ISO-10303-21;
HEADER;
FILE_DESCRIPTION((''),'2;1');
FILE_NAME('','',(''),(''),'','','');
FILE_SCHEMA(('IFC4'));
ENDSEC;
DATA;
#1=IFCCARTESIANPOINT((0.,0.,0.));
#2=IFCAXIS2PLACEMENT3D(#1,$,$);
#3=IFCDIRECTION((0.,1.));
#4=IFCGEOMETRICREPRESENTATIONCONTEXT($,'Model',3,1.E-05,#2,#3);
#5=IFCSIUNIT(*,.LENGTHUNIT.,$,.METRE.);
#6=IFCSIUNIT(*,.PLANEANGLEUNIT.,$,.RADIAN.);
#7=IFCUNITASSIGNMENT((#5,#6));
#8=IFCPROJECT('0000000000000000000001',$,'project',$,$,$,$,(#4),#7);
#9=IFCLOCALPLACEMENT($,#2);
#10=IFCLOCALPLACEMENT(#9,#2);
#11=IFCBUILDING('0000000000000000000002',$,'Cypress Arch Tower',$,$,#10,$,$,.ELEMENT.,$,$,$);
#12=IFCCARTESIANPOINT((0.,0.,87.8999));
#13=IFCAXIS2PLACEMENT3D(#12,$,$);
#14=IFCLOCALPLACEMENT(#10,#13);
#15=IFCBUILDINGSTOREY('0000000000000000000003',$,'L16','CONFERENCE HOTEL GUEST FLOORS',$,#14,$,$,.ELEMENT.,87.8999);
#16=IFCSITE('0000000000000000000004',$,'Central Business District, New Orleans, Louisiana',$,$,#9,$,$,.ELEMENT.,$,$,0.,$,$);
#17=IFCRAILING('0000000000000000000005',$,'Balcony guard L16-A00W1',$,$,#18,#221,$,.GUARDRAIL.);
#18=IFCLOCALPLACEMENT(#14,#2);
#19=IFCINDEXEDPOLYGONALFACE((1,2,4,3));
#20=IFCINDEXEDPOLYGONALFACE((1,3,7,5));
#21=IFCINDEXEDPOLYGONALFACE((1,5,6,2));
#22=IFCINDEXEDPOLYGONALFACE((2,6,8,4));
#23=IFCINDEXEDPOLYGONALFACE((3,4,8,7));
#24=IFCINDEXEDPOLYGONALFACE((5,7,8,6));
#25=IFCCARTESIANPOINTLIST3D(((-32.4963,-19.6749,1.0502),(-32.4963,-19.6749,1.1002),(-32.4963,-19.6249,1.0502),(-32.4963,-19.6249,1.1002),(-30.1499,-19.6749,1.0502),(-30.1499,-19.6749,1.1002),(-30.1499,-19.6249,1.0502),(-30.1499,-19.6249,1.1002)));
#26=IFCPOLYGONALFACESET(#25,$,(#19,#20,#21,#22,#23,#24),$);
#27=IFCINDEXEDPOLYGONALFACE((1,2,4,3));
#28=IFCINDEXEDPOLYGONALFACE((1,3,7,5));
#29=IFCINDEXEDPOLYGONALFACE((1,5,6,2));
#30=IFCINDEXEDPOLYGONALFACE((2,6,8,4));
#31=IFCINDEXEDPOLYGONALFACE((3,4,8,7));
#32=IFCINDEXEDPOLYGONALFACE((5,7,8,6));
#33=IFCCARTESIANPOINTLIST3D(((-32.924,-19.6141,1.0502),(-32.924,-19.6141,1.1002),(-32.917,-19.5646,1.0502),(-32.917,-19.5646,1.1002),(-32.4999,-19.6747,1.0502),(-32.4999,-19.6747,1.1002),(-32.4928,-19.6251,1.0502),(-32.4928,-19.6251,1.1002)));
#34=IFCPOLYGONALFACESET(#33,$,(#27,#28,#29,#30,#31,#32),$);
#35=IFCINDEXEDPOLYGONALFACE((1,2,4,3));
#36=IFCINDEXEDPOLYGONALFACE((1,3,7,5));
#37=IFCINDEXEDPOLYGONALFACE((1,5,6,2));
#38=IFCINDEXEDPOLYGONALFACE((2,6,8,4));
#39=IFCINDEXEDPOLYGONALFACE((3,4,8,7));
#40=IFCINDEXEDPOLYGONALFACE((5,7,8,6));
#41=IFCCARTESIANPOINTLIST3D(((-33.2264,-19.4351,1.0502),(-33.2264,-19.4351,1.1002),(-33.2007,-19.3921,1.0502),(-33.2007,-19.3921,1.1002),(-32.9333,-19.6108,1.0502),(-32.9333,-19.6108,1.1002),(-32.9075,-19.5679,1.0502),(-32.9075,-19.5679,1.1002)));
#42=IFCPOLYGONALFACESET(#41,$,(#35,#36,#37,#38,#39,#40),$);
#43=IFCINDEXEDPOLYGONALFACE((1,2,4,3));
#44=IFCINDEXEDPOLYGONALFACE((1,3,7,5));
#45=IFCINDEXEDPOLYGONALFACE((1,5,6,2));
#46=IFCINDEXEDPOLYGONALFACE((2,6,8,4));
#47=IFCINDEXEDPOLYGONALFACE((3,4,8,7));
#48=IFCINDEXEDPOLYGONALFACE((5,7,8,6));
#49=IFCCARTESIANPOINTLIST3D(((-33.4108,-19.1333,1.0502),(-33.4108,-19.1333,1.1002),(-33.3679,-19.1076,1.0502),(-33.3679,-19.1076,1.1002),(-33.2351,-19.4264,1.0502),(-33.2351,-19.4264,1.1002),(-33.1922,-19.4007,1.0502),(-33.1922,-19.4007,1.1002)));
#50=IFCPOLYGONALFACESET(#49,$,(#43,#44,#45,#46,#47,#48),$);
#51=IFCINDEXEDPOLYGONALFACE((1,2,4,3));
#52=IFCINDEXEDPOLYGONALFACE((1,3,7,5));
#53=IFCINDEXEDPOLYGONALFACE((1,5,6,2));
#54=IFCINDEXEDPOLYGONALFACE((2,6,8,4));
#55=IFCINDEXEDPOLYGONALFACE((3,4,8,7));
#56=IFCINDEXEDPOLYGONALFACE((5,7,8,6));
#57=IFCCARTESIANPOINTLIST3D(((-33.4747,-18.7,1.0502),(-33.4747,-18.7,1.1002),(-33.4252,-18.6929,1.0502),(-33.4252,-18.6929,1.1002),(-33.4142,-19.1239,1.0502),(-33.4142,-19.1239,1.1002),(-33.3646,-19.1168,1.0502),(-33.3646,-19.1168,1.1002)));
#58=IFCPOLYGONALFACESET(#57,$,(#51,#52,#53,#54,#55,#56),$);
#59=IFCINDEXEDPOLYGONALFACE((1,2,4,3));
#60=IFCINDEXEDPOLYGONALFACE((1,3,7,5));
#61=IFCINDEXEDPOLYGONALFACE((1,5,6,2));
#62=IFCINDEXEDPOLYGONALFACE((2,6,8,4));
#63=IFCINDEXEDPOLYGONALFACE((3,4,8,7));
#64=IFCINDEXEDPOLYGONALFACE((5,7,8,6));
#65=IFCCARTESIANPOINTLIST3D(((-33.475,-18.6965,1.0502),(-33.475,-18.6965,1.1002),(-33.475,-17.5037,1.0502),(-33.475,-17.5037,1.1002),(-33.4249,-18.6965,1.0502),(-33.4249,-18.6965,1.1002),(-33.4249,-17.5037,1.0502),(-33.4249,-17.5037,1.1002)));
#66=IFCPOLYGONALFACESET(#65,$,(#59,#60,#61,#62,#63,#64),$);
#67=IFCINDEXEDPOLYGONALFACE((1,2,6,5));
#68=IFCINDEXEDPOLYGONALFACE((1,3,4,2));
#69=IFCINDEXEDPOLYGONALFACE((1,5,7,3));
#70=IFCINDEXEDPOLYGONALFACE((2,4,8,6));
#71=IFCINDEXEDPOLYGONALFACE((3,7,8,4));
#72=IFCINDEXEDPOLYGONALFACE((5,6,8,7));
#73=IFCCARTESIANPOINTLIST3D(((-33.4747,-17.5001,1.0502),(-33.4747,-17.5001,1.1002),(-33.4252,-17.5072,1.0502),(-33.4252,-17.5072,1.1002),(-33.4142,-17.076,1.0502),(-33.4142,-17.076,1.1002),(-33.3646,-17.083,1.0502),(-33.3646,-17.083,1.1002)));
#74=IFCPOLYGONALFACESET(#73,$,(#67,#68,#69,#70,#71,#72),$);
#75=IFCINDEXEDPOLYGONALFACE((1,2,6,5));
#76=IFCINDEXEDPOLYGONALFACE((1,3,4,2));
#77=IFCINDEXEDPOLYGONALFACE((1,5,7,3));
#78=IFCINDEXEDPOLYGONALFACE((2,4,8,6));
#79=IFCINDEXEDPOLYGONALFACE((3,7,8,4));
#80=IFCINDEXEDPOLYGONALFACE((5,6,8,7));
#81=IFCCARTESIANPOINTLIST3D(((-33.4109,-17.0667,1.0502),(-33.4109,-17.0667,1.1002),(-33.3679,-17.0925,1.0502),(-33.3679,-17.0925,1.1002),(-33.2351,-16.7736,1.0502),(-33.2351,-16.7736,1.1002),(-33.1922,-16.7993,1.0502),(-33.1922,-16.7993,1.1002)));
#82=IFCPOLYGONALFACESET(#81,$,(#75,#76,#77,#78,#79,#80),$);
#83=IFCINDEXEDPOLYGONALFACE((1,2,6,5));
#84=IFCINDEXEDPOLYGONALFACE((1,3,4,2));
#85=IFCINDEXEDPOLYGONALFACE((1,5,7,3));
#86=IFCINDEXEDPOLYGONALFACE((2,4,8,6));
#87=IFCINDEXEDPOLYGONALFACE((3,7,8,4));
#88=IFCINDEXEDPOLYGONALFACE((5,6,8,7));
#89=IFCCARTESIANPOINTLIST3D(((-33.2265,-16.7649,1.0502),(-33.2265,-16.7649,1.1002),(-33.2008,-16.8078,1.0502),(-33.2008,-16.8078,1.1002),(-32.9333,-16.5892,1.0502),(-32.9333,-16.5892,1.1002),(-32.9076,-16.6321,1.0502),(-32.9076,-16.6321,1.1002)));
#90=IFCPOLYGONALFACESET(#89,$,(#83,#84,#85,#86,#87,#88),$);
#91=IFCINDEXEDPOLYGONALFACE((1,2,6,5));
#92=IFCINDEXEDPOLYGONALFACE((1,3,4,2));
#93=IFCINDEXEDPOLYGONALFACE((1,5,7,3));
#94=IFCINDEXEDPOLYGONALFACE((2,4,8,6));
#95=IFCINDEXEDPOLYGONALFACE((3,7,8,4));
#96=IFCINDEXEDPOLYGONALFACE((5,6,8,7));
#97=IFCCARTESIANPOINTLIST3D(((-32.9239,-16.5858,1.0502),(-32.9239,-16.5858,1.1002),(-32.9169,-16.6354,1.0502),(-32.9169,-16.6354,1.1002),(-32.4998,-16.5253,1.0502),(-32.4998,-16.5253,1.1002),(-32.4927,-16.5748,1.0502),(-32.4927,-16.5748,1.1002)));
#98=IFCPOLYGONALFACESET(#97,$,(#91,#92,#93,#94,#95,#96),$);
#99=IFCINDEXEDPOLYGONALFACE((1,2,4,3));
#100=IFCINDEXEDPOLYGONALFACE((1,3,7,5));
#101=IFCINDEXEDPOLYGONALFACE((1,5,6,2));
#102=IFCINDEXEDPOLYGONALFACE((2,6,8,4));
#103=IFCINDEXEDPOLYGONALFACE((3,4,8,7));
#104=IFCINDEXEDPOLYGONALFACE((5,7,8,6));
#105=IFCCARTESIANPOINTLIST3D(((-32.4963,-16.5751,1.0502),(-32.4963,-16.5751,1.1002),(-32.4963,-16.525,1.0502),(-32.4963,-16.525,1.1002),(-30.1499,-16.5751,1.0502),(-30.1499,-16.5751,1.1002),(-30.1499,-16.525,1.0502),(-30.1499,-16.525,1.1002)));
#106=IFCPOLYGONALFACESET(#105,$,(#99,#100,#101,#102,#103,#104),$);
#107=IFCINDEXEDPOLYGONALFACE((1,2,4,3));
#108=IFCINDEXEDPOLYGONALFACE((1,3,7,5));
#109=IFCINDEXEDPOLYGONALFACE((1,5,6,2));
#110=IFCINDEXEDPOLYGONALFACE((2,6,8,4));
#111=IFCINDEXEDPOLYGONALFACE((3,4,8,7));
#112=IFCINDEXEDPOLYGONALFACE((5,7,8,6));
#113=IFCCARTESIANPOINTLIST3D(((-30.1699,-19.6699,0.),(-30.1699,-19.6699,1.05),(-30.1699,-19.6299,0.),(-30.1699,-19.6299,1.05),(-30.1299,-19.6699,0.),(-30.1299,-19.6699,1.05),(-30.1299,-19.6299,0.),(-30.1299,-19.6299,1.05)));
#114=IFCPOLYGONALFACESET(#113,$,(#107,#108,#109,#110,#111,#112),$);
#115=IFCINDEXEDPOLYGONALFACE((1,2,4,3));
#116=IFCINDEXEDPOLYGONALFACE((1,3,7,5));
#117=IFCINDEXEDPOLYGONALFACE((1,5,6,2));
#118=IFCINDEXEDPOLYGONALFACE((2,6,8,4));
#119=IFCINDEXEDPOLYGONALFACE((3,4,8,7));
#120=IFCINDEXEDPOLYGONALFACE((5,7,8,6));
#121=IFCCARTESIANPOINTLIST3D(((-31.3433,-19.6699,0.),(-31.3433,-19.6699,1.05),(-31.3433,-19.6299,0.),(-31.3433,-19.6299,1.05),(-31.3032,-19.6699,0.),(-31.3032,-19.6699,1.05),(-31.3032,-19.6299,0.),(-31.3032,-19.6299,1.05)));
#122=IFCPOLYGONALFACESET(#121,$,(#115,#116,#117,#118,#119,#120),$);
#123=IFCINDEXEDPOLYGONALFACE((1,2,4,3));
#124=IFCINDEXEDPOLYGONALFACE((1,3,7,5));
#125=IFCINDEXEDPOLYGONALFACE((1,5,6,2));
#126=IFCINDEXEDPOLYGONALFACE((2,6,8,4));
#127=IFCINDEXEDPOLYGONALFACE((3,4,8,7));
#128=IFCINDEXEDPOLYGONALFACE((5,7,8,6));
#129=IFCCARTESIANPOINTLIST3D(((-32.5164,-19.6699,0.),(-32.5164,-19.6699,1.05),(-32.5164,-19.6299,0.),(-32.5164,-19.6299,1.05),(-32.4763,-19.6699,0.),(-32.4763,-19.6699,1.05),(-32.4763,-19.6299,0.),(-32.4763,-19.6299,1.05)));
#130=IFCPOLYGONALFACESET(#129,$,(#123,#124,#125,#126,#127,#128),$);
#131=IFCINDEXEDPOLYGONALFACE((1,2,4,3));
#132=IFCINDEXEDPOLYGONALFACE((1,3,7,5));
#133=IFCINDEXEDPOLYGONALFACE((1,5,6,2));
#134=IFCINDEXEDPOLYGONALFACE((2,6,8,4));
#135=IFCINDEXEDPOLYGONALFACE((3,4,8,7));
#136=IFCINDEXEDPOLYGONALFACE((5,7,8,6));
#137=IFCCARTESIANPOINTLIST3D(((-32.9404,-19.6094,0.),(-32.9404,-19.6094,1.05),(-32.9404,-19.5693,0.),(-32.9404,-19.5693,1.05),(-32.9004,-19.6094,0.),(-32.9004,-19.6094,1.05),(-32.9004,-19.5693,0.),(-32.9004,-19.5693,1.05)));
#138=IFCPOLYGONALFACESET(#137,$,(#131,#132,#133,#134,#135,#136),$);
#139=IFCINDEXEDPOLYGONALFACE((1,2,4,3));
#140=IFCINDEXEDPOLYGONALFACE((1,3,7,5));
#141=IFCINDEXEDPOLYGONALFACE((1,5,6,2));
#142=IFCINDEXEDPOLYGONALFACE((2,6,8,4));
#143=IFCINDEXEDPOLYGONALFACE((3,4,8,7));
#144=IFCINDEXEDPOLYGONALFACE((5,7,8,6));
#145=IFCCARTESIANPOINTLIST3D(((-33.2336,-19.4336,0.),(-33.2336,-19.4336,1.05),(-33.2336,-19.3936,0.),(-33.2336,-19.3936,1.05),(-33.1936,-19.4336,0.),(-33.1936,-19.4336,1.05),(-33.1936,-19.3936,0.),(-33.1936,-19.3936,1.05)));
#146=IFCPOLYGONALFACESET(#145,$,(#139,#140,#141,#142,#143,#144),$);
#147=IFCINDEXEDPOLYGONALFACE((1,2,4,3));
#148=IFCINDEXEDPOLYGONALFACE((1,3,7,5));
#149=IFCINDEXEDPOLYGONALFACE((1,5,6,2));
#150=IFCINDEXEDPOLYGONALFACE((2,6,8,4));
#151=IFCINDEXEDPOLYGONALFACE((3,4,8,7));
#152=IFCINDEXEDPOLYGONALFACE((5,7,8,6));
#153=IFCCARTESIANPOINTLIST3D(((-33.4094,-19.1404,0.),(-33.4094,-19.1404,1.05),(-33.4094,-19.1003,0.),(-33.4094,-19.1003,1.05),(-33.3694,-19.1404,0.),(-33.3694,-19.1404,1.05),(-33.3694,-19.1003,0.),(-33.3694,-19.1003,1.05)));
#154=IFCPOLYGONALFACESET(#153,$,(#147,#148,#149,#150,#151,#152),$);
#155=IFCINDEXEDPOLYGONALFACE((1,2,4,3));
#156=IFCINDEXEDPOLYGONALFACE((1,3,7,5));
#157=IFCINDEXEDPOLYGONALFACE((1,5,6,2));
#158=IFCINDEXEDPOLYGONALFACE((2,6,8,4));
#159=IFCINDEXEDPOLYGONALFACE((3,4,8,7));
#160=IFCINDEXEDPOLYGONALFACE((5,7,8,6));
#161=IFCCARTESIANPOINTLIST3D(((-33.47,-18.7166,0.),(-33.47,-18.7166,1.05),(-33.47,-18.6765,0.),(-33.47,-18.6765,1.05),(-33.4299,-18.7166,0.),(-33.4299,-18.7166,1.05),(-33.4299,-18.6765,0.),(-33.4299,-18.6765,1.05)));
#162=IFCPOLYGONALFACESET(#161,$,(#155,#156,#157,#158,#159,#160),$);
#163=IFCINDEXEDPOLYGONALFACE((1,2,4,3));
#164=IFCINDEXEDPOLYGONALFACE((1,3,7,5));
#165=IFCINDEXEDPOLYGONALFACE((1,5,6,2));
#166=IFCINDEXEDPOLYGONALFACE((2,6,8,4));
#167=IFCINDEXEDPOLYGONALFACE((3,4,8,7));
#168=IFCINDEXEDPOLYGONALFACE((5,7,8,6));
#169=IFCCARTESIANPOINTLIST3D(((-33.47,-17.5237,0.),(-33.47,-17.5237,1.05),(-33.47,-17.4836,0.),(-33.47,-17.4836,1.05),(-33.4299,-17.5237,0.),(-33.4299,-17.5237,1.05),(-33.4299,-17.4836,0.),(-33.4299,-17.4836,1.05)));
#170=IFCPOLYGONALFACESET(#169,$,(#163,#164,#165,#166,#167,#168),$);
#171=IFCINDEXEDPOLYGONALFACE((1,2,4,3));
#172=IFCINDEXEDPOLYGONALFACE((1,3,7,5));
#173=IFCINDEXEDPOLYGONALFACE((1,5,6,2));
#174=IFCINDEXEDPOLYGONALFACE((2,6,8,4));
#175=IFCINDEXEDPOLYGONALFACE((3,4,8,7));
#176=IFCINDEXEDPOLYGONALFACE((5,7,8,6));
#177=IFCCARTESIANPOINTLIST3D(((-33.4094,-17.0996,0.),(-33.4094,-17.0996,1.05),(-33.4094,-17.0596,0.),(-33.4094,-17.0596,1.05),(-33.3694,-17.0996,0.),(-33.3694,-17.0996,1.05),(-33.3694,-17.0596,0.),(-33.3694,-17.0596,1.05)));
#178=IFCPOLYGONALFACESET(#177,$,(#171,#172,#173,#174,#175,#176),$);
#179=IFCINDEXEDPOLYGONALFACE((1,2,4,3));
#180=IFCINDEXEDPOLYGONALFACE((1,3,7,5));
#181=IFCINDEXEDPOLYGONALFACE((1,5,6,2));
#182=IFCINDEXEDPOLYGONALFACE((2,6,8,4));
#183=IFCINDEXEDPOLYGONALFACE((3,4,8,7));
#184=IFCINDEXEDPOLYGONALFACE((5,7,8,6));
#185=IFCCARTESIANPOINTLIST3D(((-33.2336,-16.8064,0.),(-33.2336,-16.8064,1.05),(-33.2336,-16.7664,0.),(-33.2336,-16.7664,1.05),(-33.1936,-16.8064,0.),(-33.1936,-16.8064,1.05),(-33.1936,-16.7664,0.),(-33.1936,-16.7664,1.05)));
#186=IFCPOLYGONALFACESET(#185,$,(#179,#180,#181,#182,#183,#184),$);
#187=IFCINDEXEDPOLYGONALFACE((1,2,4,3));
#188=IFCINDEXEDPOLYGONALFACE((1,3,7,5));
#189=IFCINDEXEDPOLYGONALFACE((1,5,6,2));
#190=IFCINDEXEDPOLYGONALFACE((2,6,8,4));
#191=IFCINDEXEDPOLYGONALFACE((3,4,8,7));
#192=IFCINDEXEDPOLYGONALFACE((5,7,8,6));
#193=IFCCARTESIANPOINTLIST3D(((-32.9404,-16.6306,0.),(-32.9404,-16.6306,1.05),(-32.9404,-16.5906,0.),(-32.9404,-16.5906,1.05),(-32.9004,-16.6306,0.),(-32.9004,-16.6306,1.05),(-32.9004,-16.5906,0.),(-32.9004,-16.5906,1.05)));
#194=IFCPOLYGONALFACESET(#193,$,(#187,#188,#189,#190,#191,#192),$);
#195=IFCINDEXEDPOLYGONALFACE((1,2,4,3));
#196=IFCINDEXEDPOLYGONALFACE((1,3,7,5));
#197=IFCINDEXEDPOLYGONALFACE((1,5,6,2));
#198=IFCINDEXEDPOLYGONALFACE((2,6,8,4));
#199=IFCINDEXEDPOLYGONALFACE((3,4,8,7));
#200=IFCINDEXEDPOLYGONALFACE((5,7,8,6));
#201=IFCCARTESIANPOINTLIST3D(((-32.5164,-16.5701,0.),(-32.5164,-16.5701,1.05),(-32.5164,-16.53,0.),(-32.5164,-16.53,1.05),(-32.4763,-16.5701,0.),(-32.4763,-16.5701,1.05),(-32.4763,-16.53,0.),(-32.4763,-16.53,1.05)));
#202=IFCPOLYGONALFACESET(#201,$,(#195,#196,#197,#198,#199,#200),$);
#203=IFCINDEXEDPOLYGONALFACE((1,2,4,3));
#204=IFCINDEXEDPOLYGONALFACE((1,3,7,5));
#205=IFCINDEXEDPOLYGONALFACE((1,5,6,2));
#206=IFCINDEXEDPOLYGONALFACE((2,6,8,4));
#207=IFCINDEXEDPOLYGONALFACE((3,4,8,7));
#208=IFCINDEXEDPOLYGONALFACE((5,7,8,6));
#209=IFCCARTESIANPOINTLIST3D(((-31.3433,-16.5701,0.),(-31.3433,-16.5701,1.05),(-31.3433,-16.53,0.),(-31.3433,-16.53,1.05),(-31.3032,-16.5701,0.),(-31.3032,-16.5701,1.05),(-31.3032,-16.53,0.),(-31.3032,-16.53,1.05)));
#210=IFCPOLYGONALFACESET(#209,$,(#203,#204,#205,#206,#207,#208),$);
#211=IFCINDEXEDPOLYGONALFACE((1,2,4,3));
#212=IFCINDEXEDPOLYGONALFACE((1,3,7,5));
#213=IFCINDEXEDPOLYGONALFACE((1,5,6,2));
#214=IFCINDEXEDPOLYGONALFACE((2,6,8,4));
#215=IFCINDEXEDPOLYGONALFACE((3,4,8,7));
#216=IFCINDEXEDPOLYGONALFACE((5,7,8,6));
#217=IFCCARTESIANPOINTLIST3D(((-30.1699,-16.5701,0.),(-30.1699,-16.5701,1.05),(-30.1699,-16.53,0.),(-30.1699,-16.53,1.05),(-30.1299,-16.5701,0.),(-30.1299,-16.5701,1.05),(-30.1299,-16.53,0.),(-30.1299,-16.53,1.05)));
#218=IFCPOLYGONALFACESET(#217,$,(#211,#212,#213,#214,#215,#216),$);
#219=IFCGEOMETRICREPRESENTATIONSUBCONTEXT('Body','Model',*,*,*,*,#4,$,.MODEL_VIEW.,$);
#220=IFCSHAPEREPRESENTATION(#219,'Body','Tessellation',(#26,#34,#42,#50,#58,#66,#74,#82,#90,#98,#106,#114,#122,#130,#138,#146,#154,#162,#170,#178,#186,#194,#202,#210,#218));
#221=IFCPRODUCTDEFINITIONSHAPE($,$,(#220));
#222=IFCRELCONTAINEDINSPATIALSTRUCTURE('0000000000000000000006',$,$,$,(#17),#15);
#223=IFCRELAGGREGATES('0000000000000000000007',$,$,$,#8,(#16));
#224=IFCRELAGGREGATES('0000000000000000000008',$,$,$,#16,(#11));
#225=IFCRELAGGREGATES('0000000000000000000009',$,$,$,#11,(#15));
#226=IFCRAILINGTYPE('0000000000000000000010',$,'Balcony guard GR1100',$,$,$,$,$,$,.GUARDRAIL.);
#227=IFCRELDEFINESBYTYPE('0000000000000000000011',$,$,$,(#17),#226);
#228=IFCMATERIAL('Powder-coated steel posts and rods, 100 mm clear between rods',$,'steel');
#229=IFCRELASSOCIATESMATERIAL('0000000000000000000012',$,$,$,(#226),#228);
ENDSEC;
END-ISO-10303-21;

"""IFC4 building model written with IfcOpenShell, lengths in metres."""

from ifc_helpers import new_model, si_unit, direction, frame, origin, origin_2d, place, context, subcontext, project, spatial, rectangle, extrude, material, type_object, element, save


model = new_model("IFC4")

# Units and contexts
model_context = context("Model", 3, precision=1e-05, world=origin(), true_north=direction((0.0, 1.0)))
body_context = subcontext(model_context, "Body", "Model", "MODEL_VIEW")
ifc_project = project(units=[si_unit("LENGTHUNIT", "METRE"), si_unit("PLANEANGLEUNIT", "RADIAN")], contexts=[model_context])

# Site, building, storey
site_placement = place(None, origin())
site = spatial("IfcSite", under=ifc_project, at=site_placement, Name="Central Business District, New Orleans, Louisiana", CompositionType="ELEMENT", RefElevation=0.0)
building_placement = place(site_placement, origin())
building = spatial("IfcBuilding", under=site, at=building_placement, Name="Cypress Arch Tower", CompositionType="ELEMENT")
storey_placement = place(building_placement, frame((0.0, 0.0, 87.8999)))
storey = spatial("IfcBuildingStorey", under=building, at=storey_placement, Name="L16", Description="CONFERENCE HOTEL GUEST FLOORS", CompositionType="ELEMENT", Elevation=87.8999)

# Railing
ifc_material_1 = material(Name="Powder-coated steel posts and rods, 100 mm clear between rods", Category="steel")
railing_type = type_object("IfcRailingType", Name="Balcony guard GR1100", PredefinedType="GUARDRAIL", material=ifc_material_1)
railing_placement = place(storey_placement, frame((-30.1499, -19.6499, 0.0)))
element("IfcRailing", 1, at=railing_placement, inside=storey, type_object=railing_type, Name="Balcony guard L16-A00W1", PredefinedType="GUARDRAIL", context=body_context, shape_type="SweptSolid", body=[
    extrude(rectangle(XDim=0.05, YDim=0.05, at=origin_2d()), frame((0.0, 0.0, 1.0752), z_axis=(-1.0, 0.0, 0.0), x_axis=(0.0, -1.0, 0.0)), (0.0, 0.0, 1.0), 2.3464),
    extrude(rectangle(XDim=0.05, YDim=0.05, at=origin_2d()), frame((-2.3464, 0.0, 1.0752), z_axis=(-0.989961, 0.141342, 0.0), x_axis=(-0.141342, -0.989961, 0.0)), (0.0, 0.0, 1.0), 0.4285),
    extrude(rectangle(XDim=0.05, YDim=0.05, at=origin_2d()), frame((-2.7705, 0.0605, 1.0752), z_axis=(-0.857682, 0.514181, 0.0), x_axis=(-0.514181, -0.857682, 0.0)), (0.0, 0.0, 1.0), 0.3418),
    extrude(rectangle(XDim=0.05, YDim=0.05, at=origin_2d()), frame((-3.0637, 0.2363, 1.0752), z_axis=(-0.514181, 0.857682, 0.0), x_axis=(-0.857682, -0.514181, 0.0)), (0.0, 0.0, 1.0), 0.3418),
    extrude(rectangle(XDim=0.05, YDim=0.05, at=origin_2d()), frame((-3.2395, 0.5295, 1.0752), z_axis=(-0.141421, 0.989949, 0.0), x_axis=(-0.989949, -0.141421, 0.0)), (0.0, 0.0, 1.0), 0.4282),
    extrude(rectangle(XDim=0.05, YDim=0.05, at=origin_2d()), frame((-3.3, 0.9534, 1.0752), z_axis=(0.0, 1.0, 0.0), x_axis=(-1.0, 0.0, 0.0)), (0.0, 0.0, 1.0), 1.1929),
    extrude(rectangle(XDim=0.05, YDim=0.05, at=origin_2d()), frame((-3.3, 2.1462, 1.0752), z_axis=(0.141342, 0.989961, 0.0), x_axis=(-0.989961, 0.141342, 0.0)), (0.0, 0.0, 1.0), 0.4285),
    extrude(rectangle(XDim=0.05, YDim=0.05, at=origin_2d()), frame((-3.2395, 2.5703, 1.0752), z_axis=(0.514181, 0.857682, 0.0), x_axis=(-0.857682, 0.514181, 0.0)), (0.0, 0.0, 1.0), 0.3418),
    extrude(rectangle(XDim=0.05, YDim=0.05, at=origin_2d()), frame((-3.0637, 2.8635, 1.0752), z_axis=(0.857682, 0.514181, 0.0), x_axis=(-0.514181, 0.857682, 0.0)), (0.0, 0.0, 1.0), 0.3418),
    extrude(rectangle(XDim=0.05, YDim=0.05, at=origin_2d()), frame((-2.7705, 3.0393, 1.0752), z_axis=(0.989961, 0.141342, 0.0), x_axis=(-0.141342, 0.989961, 0.0)), (0.0, 0.0, 1.0), 0.4285),
    extrude(rectangle(XDim=0.05, YDim=0.05, at=origin_2d()), frame((-2.3464, 3.0999, 1.0752), z_axis=(1.0, 0.0, 0.0), x_axis=(0.0, 1.0, 0.0)), (0.0, 0.0, 1.0), 2.3464),
    extrude(rectangle(XDim=0.04, YDim=0.04, at=origin_2d()), origin(), (0.0, 0.0, 1.0), 1.05),
    extrude(rectangle(XDim=0.04, YDim=0.04, at=origin_2d()), frame((-1.1733, 0.0, 0.0)), (0.0, 0.0, 1.0), 1.05),
    extrude(rectangle(XDim=0.04, YDim=0.04, at=origin_2d()), frame((-2.3464, 0.0, 0.0)), (0.0, 0.0, 1.0), 1.05),
    extrude(rectangle(XDim=0.04, YDim=0.04, at=origin_2d()), frame((-2.7705, 0.0605, 0.0)), (0.0, 0.0, 1.0), 1.05),
    extrude(rectangle(XDim=0.04, YDim=0.04, at=origin_2d()), frame((-3.0637, 0.2363, 0.0)), (0.0, 0.0, 1.0), 1.05),
    extrude(rectangle(XDim=0.04, YDim=0.04, at=origin_2d()), frame((-3.2395, 0.5295, 0.0)), (0.0, 0.0, 1.0), 1.05),
    extrude(rectangle(XDim=0.04, YDim=0.04, at=origin_2d()), frame((-3.3, 0.9534, 0.0)), (0.0, 0.0, 1.0), 1.05),
    extrude(rectangle(XDim=0.04, YDim=0.04, at=origin_2d()), frame((-3.3, 2.1462, 0.0)), (0.0, 0.0, 1.0), 1.05),
    extrude(rectangle(XDim=0.04, YDim=0.04, at=origin_2d()), frame((-3.2395, 2.5703, 0.0)), (0.0, 0.0, 1.0), 1.05),
    extrude(rectangle(XDim=0.04, YDim=0.04, at=origin_2d()), frame((-3.0637, 2.8635, 0.0)), (0.0, 0.0, 1.0), 1.05),
    extrude(rectangle(XDim=0.04, YDim=0.04, at=origin_2d()), frame((-2.7705, 3.0393, 0.0)), (0.0, 0.0, 1.0), 1.05),
    extrude(rectangle(XDim=0.04, YDim=0.04, at=origin_2d()), frame((-2.3464, 3.0999, 0.0)), (0.0, 0.0, 1.0), 1.05),
    extrude(rectangle(XDim=0.04, YDim=0.04, at=origin_2d()), frame((-1.1733, 3.0999, 0.0)), (0.0, 0.0, 1.0), 1.05),
    extrude(rectangle(XDim=0.04, YDim=0.04, at=origin_2d()), frame((0.0, 3.0999, 0.0)), (0.0, 0.0, 1.0), 1.05),
])

save(model, "model.ifc")
